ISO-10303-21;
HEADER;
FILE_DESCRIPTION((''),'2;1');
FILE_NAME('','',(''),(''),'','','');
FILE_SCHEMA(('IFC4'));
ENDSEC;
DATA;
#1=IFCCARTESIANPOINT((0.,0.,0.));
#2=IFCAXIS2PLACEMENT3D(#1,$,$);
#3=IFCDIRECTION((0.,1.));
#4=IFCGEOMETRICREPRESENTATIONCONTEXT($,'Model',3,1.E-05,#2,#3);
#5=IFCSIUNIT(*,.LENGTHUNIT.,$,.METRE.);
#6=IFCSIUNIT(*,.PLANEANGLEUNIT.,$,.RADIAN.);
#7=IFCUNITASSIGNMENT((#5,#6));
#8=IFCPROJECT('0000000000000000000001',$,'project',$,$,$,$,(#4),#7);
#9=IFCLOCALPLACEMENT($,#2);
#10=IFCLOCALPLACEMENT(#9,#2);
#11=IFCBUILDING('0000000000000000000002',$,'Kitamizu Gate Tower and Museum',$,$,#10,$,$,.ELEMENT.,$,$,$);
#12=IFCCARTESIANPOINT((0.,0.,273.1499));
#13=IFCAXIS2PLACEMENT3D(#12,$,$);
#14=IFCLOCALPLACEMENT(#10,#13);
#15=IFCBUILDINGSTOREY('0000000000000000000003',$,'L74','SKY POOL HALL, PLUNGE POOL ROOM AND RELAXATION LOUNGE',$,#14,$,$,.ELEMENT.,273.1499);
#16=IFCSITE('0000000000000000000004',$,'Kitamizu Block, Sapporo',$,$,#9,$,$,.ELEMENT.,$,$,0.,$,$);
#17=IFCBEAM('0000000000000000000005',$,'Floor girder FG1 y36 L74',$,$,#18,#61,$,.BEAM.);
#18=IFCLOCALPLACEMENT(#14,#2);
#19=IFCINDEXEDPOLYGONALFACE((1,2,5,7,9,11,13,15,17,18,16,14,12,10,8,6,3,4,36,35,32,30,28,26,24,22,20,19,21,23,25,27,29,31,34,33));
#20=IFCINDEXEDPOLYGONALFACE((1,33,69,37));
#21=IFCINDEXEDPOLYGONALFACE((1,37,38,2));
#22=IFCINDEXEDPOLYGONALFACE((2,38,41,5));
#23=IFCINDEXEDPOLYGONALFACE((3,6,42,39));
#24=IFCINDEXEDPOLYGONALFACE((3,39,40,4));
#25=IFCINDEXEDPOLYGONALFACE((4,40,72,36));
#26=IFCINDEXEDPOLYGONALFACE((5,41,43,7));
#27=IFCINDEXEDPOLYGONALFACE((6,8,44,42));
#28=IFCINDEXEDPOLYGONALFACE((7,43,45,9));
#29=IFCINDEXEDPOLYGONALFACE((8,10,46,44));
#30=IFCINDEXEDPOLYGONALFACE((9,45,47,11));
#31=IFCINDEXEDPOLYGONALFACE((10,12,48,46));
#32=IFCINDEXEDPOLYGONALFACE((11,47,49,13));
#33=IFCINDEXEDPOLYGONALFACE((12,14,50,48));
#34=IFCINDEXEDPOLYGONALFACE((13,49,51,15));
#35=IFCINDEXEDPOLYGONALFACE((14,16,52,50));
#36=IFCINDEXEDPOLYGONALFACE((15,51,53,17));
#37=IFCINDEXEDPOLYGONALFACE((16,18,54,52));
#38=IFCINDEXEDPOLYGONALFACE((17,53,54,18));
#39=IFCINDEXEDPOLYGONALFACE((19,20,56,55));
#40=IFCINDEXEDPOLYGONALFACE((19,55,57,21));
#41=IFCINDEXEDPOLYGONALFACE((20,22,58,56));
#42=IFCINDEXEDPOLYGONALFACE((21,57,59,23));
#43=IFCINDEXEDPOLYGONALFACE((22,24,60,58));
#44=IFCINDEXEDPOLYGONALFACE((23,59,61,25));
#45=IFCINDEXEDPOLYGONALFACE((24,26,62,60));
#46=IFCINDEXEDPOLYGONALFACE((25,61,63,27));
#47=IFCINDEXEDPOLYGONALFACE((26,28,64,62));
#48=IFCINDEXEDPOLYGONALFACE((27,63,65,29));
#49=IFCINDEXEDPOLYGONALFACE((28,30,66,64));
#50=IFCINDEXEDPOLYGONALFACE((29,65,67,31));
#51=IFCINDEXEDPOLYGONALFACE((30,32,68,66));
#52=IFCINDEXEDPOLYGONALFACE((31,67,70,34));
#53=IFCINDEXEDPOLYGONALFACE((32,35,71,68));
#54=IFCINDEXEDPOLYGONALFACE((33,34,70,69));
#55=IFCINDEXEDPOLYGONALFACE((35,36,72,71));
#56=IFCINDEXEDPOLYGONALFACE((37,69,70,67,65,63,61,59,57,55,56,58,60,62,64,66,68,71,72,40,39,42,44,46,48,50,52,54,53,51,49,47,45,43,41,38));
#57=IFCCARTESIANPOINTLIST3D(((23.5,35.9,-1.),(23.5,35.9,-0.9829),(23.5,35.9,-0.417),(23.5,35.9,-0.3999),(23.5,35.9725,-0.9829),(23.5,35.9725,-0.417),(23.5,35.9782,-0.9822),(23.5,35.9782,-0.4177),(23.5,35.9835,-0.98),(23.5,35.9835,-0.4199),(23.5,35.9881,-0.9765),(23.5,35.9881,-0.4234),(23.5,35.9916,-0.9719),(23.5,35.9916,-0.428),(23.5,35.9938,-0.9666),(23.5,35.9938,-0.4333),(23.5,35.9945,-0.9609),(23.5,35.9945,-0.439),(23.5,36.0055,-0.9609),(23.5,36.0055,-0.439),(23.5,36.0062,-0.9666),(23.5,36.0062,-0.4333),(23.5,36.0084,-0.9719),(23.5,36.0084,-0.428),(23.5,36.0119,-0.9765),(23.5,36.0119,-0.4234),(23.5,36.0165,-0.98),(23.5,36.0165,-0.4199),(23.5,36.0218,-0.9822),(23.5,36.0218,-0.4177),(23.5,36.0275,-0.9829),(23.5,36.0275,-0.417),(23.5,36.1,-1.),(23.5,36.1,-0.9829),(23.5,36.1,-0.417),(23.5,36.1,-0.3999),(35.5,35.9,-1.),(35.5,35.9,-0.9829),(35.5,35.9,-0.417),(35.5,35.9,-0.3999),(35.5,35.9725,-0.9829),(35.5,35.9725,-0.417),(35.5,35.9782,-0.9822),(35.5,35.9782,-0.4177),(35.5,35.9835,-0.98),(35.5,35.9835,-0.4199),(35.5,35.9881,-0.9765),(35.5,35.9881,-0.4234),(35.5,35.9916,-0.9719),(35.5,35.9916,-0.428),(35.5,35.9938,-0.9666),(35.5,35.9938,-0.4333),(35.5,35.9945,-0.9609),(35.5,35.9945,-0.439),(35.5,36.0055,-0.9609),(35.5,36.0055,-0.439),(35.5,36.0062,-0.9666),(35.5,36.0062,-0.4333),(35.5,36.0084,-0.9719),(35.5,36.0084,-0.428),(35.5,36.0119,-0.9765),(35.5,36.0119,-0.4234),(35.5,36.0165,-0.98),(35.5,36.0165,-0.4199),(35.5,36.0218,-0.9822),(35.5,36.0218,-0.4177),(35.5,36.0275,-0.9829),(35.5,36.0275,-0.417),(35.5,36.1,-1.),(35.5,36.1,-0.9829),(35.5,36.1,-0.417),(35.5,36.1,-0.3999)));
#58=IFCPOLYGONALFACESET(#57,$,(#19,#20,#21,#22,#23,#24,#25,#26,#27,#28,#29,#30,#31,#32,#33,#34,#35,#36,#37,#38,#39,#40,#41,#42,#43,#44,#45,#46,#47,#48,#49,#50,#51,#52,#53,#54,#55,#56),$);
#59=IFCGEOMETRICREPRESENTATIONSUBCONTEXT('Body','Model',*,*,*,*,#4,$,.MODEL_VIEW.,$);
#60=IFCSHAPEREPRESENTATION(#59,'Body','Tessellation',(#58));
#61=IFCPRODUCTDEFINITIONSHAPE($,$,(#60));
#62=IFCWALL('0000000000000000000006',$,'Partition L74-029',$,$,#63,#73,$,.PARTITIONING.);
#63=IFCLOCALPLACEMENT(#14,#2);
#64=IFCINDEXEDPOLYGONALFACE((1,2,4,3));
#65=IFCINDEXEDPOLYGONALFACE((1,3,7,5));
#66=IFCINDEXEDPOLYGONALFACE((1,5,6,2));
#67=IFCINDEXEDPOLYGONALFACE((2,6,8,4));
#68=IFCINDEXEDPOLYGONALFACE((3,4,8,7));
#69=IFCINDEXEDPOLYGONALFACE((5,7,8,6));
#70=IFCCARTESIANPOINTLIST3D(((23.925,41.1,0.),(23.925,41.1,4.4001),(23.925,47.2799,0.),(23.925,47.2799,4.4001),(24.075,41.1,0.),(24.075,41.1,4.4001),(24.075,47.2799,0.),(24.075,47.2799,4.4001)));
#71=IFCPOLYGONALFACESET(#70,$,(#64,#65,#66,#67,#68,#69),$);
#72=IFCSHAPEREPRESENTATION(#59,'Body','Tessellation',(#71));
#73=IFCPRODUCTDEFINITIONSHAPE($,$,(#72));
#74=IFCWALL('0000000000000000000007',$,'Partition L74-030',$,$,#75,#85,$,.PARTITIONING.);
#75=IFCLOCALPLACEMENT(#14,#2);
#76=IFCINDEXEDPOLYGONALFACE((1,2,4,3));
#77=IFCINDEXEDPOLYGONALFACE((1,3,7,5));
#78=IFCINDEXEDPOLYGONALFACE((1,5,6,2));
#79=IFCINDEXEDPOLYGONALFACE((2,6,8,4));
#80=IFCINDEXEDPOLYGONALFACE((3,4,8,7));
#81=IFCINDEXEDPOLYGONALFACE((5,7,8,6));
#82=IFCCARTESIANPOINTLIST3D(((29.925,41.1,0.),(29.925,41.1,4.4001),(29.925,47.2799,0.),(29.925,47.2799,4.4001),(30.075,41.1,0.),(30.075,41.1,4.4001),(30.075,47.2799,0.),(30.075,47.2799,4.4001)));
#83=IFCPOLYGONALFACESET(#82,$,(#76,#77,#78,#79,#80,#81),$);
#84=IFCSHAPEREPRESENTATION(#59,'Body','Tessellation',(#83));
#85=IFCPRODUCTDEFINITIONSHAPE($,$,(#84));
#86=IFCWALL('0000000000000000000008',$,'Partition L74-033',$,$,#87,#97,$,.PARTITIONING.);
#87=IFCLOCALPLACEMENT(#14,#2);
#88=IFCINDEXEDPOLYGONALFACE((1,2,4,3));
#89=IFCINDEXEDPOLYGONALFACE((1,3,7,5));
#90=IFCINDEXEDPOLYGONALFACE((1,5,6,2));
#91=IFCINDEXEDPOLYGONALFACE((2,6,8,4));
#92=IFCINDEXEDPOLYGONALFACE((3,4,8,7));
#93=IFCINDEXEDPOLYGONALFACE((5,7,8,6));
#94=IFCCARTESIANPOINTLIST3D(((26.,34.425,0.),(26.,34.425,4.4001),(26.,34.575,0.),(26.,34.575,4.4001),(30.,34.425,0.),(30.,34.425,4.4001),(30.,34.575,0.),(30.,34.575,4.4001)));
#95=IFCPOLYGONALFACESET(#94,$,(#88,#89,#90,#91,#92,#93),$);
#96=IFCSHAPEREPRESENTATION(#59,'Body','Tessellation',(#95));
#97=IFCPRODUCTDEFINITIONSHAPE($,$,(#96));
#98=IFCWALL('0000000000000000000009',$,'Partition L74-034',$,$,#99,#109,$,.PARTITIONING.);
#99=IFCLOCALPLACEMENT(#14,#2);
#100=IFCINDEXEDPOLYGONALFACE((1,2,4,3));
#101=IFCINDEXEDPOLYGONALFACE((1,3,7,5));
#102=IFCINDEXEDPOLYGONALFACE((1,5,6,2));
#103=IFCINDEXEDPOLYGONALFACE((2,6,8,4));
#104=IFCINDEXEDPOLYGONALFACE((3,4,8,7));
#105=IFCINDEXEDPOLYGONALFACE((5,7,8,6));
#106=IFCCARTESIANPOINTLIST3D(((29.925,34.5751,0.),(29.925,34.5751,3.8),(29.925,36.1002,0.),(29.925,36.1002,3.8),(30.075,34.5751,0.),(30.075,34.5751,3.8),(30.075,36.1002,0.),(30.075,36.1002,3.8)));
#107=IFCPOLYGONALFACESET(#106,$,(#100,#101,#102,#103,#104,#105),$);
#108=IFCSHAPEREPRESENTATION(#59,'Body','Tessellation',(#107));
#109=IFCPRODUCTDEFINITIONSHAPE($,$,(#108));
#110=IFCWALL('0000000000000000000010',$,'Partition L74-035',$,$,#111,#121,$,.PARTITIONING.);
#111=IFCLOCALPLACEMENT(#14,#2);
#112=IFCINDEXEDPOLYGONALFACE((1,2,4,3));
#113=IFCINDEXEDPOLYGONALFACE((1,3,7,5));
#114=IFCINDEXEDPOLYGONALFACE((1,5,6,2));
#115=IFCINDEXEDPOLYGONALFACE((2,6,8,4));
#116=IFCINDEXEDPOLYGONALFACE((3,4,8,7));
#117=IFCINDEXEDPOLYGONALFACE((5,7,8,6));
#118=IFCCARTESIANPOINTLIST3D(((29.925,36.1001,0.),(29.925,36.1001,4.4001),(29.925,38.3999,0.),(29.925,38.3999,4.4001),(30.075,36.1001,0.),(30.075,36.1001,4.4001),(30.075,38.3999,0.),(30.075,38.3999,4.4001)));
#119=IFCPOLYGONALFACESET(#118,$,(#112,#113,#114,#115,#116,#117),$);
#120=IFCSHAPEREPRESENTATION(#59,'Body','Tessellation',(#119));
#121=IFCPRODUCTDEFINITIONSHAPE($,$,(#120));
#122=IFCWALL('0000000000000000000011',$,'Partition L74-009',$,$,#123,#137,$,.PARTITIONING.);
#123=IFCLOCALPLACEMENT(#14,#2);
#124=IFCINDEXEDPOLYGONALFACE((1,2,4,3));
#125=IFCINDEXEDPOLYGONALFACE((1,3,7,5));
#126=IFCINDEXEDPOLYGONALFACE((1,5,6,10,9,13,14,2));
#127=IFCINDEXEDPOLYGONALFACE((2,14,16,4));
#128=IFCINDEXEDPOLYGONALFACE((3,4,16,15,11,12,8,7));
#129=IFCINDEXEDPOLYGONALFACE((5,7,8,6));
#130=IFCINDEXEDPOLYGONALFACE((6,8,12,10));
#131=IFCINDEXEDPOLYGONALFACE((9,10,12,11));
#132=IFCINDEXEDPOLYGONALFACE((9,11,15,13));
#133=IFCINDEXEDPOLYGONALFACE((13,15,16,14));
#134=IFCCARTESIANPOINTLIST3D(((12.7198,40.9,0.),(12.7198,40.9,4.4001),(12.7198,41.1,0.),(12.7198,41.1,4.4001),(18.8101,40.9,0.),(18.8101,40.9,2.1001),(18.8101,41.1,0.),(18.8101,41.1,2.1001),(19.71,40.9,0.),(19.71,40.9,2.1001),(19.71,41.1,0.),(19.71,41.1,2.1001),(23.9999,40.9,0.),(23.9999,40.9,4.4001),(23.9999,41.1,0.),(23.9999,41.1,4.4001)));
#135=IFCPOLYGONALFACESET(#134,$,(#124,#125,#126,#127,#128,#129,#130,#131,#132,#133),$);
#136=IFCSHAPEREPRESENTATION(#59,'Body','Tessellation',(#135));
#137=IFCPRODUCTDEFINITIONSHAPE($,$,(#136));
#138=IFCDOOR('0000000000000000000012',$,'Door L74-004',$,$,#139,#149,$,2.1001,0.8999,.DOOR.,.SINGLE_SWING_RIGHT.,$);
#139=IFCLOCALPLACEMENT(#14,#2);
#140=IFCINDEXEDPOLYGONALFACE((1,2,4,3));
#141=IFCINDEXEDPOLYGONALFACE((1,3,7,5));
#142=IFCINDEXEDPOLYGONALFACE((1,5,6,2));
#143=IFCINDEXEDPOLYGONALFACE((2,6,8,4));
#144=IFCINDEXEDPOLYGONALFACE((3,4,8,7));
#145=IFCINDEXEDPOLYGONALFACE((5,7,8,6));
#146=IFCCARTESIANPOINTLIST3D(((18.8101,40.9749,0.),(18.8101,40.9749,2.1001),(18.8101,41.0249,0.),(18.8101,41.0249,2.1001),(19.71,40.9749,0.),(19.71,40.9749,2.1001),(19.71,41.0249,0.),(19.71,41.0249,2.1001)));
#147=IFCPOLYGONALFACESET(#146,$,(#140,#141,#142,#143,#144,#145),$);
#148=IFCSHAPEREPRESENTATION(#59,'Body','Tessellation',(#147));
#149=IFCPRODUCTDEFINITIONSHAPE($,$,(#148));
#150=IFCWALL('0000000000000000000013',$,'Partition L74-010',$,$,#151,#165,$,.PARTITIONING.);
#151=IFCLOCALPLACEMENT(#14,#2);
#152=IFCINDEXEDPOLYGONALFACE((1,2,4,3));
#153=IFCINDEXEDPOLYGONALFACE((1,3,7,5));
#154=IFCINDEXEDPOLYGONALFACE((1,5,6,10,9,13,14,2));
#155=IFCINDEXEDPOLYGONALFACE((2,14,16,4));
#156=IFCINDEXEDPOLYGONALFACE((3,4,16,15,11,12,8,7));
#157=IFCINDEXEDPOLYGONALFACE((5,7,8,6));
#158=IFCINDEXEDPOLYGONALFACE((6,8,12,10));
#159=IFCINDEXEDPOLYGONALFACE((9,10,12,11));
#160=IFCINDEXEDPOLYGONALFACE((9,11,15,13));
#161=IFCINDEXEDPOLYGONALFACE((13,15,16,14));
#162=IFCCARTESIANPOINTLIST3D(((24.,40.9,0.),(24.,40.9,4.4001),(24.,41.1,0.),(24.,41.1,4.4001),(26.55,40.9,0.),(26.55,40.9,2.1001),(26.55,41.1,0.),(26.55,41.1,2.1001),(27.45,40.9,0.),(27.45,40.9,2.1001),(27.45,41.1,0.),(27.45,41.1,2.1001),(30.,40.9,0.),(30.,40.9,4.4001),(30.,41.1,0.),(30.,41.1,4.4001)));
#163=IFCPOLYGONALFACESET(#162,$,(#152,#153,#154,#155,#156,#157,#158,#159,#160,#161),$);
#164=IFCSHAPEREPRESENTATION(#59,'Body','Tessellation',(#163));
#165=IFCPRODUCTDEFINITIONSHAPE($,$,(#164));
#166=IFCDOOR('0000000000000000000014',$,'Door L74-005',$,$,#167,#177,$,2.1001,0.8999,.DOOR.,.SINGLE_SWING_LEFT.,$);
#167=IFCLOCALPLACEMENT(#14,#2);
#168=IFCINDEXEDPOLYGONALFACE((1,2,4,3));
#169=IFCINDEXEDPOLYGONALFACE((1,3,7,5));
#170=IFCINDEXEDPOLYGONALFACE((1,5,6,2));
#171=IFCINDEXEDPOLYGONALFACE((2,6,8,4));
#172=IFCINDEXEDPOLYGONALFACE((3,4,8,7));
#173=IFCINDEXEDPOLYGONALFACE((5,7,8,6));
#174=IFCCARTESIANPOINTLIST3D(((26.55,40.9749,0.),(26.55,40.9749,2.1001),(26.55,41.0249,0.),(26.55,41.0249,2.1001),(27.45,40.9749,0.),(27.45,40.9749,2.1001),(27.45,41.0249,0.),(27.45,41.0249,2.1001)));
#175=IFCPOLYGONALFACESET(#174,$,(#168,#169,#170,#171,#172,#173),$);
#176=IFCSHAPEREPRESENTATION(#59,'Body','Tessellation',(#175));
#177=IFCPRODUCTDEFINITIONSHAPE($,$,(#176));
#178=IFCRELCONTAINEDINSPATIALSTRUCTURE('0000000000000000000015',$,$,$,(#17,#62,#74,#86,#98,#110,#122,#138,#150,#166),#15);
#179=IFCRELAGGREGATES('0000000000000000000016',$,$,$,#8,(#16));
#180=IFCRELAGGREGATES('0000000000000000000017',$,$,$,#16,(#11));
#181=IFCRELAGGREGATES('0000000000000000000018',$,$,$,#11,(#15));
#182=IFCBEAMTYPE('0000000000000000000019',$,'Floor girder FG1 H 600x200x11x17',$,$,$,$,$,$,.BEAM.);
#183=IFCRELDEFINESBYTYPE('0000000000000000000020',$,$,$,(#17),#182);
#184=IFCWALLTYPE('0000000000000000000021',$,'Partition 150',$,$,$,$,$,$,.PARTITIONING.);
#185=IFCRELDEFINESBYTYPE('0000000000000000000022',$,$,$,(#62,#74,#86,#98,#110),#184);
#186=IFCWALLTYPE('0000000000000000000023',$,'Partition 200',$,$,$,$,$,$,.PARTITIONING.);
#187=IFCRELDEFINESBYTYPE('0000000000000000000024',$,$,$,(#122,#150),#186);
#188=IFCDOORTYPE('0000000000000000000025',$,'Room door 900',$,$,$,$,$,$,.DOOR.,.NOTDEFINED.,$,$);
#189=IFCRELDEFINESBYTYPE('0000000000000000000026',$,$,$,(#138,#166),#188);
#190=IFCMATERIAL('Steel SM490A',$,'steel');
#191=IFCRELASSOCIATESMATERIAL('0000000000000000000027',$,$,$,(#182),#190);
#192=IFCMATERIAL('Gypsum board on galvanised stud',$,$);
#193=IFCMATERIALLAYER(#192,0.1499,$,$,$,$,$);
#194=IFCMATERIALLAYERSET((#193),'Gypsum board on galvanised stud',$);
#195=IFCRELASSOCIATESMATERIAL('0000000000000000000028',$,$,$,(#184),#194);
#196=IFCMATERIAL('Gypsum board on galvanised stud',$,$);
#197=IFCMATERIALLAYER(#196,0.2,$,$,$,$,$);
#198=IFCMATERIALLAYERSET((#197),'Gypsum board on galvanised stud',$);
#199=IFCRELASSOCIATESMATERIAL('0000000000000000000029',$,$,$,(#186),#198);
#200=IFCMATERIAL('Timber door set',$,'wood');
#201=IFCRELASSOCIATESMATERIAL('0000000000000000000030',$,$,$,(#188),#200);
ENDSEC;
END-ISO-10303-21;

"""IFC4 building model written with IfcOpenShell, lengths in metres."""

from ifc_helpers import new_model, si_unit, direction, frame, frame_2d, origin, origin_2d, place, context, subcontext, project, spatial, rectangle, i_section, extrude, material, layer, layer_set, material_profile, profile_set, type_object, element, fill, save


model = new_model("IFC4")

# Units and contexts
model_context = context("Model", 3, precision=1e-05, world=origin(), true_north=direction((0.0, 1.0)))
body_context = subcontext(model_context, "Body", "Model", "MODEL_VIEW")
ifc_project = project(units=[si_unit("LENGTHUNIT", "METRE"), si_unit("PLANEANGLEUNIT", "RADIAN")], contexts=[model_context])

# Site, building, storey
site_placement = place(None, origin())
site = spatial("IfcSite", under=ifc_project, at=site_placement, Name="Kitamizu Block, Sapporo", CompositionType="ELEMENT", RefElevation=0.0)
building_placement = place(site_placement, origin())
building = spatial("IfcBuilding", under=site, at=building_placement, Name="Kitamizu Gate Tower and Museum", CompositionType="ELEMENT")
storey_placement = place(building_placement, frame((0.0, 0.0, 273.1499)))
storey = spatial("IfcBuildingStorey", under=building, at=storey_placement, Name="L74", Description="SKY POOL HALL, PLUNGE POOL ROOM AND RELAXATION LOUNGE", CompositionType="ELEMENT", Elevation=273.1499)

# Beam
ifc_material_1 = material(Name="Steel SM490A", Category="steel")
ifc_material_profile = material_profile(ifc_material_1, i_section(OverallWidth=0.2, OverallDepth=0.6001, WebThickness=0.011, FlangeThickness=0.0171, FilletRadius=0.022, at=origin_2d()), Name="H-600x200x11x17")
ifc_profile_set = profile_set([ifc_material_profile], Name="Steel SM490A")
beam_type = type_object("IfcBeamType", Name="Floor girder FG1 H 600x200x11x17", PredefinedType="BEAM", material=ifc_profile_set)
beam_placement = place(storey_placement, frame((23.5, 36.0, -0.7), z_axis=(1.0, 0.0, 0.0), x_axis=(0.0, 1.0, 0.0)))
element("IfcBeam", 1, at=beam_placement, inside=storey, type_object=beam_type, Name="Floor girder FG1 y36 L74", PredefinedType="BEAM", context=body_context, shape_type="SweptSolid", body=[
    extrude(i_section(OverallWidth=0.2, OverallDepth=0.6001, WebThickness=0.011, FlangeThickness=0.0171, FilletRadius=0.022, at=origin_2d()), origin(), (0.0, 0.0, 1.0), 12.0),
])

# Walls
ifc_material_2 = material(Name="Gypsum board on galvanised stud")
ifc_layer_1 = layer(ifc_material_2, 0.1499)
ifc_layer_set_1 = layer_set([ifc_layer_1], Name="Gypsum board on galvanised stud")
wall_type_1 = type_object("IfcWallType", Name="Partition 150", PredefinedType="PARTITIONING", material=ifc_layer_set_1)
for number, where, z_axis, x_axis, name in (
    (2, (24.0, 41.1001, 0.0), (0.0, 0.0, 1.0), (0.0, 1.0, 0.0), "Partition L74-029"),
    (3, (30.0, 41.1001, 0.0), (0.0, 0.0, 1.0), (0.0, 1.0, 0.0), "Partition L74-030"),
):
    element("IfcWall", number, at=place(storey_placement, frame(where, z_axis=z_axis, x_axis=x_axis)), inside=storey, type_object=wall_type_1, Name=name, PredefinedType="PARTITIONING", context=body_context, shape_type="SweptSolid", body=[
        extrude(rectangle(XDim=6.1799, YDim=0.1499, at=frame_2d((3.0898, 0.0))), origin(), (0.0, 0.0, 1.0), 4.4001),
    ])
wall_1_placement = place(storey_placement, frame((26.0, 34.5, 0.0), z_axis=(0.0, 0.0, 1.0), x_axis=(1.0, 0.0, 0.0)))
element("IfcWall", 4, at=wall_1_placement, inside=storey, type_object=wall_type_1, Name="Partition L74-033", PredefinedType="PARTITIONING", context=body_context, shape_type="SweptSolid", body=[
    extrude(rectangle(XDim=4.0, YDim=0.1499, at=frame_2d((2.0, 0.0))), origin(), (0.0, 0.0, 1.0), 4.4001),
])
wall_2_placement = place(storey_placement, frame((30.0, 34.575, 0.0), z_axis=(0.0, 0.0, 1.0), x_axis=(0.0, 1.0, 0.0)))
element("IfcWall", 5, at=wall_2_placement, inside=storey, type_object=wall_type_1, Name="Partition L74-034", PredefinedType="PARTITIONING", context=body_context, shape_type="SweptSolid", body=[
    extrude(rectangle(XDim=1.5251, YDim=0.1499, at=frame_2d((0.7627, 0.0))), origin(), (0.0, 0.0, 1.0), 3.8),
])
wall_3_placement = place(storey_placement, frame((30.0, 36.1001, 0.0), z_axis=(0.0, 0.0, 1.0), x_axis=(0.0, 1.0, 0.0)))
element("IfcWall", 6, at=wall_3_placement, inside=storey, type_object=wall_type_1, Name="Partition L74-035", PredefinedType="PARTITIONING", context=body_context, shape_type="SweptSolid", body=[
    extrude(rectangle(XDim=2.2998, YDim=0.1499, at=frame_2d((1.1499, 0.0))), origin(), (0.0, 0.0, 1.0), 4.4001),
])

# Walls, openings, doors
ifc_material_3 = material(Name="Gypsum board on galvanised stud")
ifc_layer_2 = layer(ifc_material_3, 0.2)
ifc_layer_set_2 = layer_set([ifc_layer_2], Name="Gypsum board on galvanised stud")
wall_type_2 = type_object("IfcWallType", Name="Partition 200", PredefinedType="PARTITIONING", material=ifc_layer_set_2)
wall_4_placement = place(storey_placement, frame((24.0, 41.0, 0.0), z_axis=(0.0, 0.0, 1.0), x_axis=(-1.0, 0.0, 0.0)))
wall_4 = element("IfcWall", 7, at=wall_4_placement, inside=storey, type_object=wall_type_2, Name="Partition L74-009", PredefinedType="PARTITIONING", context=body_context, shape_type="SweptSolid", body=[
    extrude(rectangle(XDim=11.28, YDim=0.2, at=frame_2d((5.6401, 0.0))), origin(), (0.0, 0.0, 1.0), 4.4001),
])
opening_1_placement = place(wall_4_placement, frame((4.29, 0.0, 0.0)))
opening_1 = element("IfcOpeningElement", 8, at=opening_1_placement, cuts=wall_4, PredefinedType="OPENING", context=body_context, shape_type="SweptSolid", body=[
    extrude(rectangle(XDim=0.8999, YDim=2.1001, at=frame_2d((0.45, 1.05))), frame((0.0, 0.1099, 0.0), z_axis=(0.0, -1.0, 0.0), x_axis=(1.0, 0.0, 0.0)), (0.0, 0.0, 1.0), 0.22),
])
ifc_material_4 = material(Name="Timber door set", Category="wood")
door_type_1 = type_object("IfcDoorType", Name="Room door 900", OperationType="NOTDEFINED", PredefinedType="DOOR", material=ifc_material_4)
door_1_placement = place(opening_1_placement, frame((0.8999, 0.0, 0.0), x_axis=(-1.0, 0.0, 0.0)))
door_1 = element("IfcDoor", 9, at=door_1_placement, inside=storey, type_object=door_type_1, Name="Door L74-004", OperationType="SINGLE_SWING_RIGHT", OverallHeight=2.1001, OverallWidth=0.8999, PredefinedType="DOOR", context=body_context, shape_type="SweptSolid", body=[
    extrude(rectangle(XDim=0.8999, YDim=2.1001, at=frame_2d((0.45, 1.05))), frame((0.0, 0.0249, 0.0), z_axis=(0.0, -1.0, 0.0), x_axis=(1.0, 0.0, 0.0)), (0.0, 0.0, 1.0), 0.05),
])
fill(opening_1, door_1)
wall_5_placement = place(storey_placement, frame((30.0, 41.0, 0.0), z_axis=(0.0, 0.0, 1.0), x_axis=(-1.0, 0.0, 0.0)))
wall_5 = element("IfcWall", 10, at=wall_5_placement, inside=storey, type_object=wall_type_2, Name="Partition L74-010", PredefinedType="PARTITIONING", context=body_context, shape_type="SweptSolid", body=[
    extrude(rectangle(XDim=6.0, YDim=0.2, at=frame_2d((3.0, 0.0))), origin(), (0.0, 0.0, 1.0), 4.4001),
])
opening_2_placement = place(wall_5_placement, frame((2.55, 0.0, 0.0)))
opening_2 = element("IfcOpeningElement", 11, at=opening_2_placement, cuts=wall_5, PredefinedType="OPENING", context=body_context, shape_type="SweptSolid", body=[
    extrude(rectangle(XDim=0.8999, YDim=2.1001, at=frame_2d((0.45, 1.05))), frame((0.0, 0.1099, 0.0), z_axis=(0.0, -1.0, 0.0), x_axis=(1.0, 0.0, 0.0)), (0.0, 0.0, 1.0), 0.22),
])
door_2_placement = place(opening_2_placement, frame((0.8999, 0.0, 0.0), x_axis=(-1.0, 0.0, 0.0)))
door_2 = element("IfcDoor", 12, at=door_2_placement, inside=storey, type_object=door_type_1, Name="Door L74-005", OperationType="SINGLE_SWING_LEFT", OverallHeight=2.1001, OverallWidth=0.8999, PredefinedType="DOOR", context=body_context, shape_type="SweptSolid", body=[
    extrude(rectangle(XDim=0.8999, YDim=2.1001, at=frame_2d((0.45, 1.05))), frame((0.0, 0.0249, 0.0), z_axis=(0.0, -1.0, 0.0), x_axis=(1.0, 0.0, 0.0)), (0.0, 0.0, 1.0), 0.05),
])
fill(opening_2, door_2)

save(model, "model.ifc")
